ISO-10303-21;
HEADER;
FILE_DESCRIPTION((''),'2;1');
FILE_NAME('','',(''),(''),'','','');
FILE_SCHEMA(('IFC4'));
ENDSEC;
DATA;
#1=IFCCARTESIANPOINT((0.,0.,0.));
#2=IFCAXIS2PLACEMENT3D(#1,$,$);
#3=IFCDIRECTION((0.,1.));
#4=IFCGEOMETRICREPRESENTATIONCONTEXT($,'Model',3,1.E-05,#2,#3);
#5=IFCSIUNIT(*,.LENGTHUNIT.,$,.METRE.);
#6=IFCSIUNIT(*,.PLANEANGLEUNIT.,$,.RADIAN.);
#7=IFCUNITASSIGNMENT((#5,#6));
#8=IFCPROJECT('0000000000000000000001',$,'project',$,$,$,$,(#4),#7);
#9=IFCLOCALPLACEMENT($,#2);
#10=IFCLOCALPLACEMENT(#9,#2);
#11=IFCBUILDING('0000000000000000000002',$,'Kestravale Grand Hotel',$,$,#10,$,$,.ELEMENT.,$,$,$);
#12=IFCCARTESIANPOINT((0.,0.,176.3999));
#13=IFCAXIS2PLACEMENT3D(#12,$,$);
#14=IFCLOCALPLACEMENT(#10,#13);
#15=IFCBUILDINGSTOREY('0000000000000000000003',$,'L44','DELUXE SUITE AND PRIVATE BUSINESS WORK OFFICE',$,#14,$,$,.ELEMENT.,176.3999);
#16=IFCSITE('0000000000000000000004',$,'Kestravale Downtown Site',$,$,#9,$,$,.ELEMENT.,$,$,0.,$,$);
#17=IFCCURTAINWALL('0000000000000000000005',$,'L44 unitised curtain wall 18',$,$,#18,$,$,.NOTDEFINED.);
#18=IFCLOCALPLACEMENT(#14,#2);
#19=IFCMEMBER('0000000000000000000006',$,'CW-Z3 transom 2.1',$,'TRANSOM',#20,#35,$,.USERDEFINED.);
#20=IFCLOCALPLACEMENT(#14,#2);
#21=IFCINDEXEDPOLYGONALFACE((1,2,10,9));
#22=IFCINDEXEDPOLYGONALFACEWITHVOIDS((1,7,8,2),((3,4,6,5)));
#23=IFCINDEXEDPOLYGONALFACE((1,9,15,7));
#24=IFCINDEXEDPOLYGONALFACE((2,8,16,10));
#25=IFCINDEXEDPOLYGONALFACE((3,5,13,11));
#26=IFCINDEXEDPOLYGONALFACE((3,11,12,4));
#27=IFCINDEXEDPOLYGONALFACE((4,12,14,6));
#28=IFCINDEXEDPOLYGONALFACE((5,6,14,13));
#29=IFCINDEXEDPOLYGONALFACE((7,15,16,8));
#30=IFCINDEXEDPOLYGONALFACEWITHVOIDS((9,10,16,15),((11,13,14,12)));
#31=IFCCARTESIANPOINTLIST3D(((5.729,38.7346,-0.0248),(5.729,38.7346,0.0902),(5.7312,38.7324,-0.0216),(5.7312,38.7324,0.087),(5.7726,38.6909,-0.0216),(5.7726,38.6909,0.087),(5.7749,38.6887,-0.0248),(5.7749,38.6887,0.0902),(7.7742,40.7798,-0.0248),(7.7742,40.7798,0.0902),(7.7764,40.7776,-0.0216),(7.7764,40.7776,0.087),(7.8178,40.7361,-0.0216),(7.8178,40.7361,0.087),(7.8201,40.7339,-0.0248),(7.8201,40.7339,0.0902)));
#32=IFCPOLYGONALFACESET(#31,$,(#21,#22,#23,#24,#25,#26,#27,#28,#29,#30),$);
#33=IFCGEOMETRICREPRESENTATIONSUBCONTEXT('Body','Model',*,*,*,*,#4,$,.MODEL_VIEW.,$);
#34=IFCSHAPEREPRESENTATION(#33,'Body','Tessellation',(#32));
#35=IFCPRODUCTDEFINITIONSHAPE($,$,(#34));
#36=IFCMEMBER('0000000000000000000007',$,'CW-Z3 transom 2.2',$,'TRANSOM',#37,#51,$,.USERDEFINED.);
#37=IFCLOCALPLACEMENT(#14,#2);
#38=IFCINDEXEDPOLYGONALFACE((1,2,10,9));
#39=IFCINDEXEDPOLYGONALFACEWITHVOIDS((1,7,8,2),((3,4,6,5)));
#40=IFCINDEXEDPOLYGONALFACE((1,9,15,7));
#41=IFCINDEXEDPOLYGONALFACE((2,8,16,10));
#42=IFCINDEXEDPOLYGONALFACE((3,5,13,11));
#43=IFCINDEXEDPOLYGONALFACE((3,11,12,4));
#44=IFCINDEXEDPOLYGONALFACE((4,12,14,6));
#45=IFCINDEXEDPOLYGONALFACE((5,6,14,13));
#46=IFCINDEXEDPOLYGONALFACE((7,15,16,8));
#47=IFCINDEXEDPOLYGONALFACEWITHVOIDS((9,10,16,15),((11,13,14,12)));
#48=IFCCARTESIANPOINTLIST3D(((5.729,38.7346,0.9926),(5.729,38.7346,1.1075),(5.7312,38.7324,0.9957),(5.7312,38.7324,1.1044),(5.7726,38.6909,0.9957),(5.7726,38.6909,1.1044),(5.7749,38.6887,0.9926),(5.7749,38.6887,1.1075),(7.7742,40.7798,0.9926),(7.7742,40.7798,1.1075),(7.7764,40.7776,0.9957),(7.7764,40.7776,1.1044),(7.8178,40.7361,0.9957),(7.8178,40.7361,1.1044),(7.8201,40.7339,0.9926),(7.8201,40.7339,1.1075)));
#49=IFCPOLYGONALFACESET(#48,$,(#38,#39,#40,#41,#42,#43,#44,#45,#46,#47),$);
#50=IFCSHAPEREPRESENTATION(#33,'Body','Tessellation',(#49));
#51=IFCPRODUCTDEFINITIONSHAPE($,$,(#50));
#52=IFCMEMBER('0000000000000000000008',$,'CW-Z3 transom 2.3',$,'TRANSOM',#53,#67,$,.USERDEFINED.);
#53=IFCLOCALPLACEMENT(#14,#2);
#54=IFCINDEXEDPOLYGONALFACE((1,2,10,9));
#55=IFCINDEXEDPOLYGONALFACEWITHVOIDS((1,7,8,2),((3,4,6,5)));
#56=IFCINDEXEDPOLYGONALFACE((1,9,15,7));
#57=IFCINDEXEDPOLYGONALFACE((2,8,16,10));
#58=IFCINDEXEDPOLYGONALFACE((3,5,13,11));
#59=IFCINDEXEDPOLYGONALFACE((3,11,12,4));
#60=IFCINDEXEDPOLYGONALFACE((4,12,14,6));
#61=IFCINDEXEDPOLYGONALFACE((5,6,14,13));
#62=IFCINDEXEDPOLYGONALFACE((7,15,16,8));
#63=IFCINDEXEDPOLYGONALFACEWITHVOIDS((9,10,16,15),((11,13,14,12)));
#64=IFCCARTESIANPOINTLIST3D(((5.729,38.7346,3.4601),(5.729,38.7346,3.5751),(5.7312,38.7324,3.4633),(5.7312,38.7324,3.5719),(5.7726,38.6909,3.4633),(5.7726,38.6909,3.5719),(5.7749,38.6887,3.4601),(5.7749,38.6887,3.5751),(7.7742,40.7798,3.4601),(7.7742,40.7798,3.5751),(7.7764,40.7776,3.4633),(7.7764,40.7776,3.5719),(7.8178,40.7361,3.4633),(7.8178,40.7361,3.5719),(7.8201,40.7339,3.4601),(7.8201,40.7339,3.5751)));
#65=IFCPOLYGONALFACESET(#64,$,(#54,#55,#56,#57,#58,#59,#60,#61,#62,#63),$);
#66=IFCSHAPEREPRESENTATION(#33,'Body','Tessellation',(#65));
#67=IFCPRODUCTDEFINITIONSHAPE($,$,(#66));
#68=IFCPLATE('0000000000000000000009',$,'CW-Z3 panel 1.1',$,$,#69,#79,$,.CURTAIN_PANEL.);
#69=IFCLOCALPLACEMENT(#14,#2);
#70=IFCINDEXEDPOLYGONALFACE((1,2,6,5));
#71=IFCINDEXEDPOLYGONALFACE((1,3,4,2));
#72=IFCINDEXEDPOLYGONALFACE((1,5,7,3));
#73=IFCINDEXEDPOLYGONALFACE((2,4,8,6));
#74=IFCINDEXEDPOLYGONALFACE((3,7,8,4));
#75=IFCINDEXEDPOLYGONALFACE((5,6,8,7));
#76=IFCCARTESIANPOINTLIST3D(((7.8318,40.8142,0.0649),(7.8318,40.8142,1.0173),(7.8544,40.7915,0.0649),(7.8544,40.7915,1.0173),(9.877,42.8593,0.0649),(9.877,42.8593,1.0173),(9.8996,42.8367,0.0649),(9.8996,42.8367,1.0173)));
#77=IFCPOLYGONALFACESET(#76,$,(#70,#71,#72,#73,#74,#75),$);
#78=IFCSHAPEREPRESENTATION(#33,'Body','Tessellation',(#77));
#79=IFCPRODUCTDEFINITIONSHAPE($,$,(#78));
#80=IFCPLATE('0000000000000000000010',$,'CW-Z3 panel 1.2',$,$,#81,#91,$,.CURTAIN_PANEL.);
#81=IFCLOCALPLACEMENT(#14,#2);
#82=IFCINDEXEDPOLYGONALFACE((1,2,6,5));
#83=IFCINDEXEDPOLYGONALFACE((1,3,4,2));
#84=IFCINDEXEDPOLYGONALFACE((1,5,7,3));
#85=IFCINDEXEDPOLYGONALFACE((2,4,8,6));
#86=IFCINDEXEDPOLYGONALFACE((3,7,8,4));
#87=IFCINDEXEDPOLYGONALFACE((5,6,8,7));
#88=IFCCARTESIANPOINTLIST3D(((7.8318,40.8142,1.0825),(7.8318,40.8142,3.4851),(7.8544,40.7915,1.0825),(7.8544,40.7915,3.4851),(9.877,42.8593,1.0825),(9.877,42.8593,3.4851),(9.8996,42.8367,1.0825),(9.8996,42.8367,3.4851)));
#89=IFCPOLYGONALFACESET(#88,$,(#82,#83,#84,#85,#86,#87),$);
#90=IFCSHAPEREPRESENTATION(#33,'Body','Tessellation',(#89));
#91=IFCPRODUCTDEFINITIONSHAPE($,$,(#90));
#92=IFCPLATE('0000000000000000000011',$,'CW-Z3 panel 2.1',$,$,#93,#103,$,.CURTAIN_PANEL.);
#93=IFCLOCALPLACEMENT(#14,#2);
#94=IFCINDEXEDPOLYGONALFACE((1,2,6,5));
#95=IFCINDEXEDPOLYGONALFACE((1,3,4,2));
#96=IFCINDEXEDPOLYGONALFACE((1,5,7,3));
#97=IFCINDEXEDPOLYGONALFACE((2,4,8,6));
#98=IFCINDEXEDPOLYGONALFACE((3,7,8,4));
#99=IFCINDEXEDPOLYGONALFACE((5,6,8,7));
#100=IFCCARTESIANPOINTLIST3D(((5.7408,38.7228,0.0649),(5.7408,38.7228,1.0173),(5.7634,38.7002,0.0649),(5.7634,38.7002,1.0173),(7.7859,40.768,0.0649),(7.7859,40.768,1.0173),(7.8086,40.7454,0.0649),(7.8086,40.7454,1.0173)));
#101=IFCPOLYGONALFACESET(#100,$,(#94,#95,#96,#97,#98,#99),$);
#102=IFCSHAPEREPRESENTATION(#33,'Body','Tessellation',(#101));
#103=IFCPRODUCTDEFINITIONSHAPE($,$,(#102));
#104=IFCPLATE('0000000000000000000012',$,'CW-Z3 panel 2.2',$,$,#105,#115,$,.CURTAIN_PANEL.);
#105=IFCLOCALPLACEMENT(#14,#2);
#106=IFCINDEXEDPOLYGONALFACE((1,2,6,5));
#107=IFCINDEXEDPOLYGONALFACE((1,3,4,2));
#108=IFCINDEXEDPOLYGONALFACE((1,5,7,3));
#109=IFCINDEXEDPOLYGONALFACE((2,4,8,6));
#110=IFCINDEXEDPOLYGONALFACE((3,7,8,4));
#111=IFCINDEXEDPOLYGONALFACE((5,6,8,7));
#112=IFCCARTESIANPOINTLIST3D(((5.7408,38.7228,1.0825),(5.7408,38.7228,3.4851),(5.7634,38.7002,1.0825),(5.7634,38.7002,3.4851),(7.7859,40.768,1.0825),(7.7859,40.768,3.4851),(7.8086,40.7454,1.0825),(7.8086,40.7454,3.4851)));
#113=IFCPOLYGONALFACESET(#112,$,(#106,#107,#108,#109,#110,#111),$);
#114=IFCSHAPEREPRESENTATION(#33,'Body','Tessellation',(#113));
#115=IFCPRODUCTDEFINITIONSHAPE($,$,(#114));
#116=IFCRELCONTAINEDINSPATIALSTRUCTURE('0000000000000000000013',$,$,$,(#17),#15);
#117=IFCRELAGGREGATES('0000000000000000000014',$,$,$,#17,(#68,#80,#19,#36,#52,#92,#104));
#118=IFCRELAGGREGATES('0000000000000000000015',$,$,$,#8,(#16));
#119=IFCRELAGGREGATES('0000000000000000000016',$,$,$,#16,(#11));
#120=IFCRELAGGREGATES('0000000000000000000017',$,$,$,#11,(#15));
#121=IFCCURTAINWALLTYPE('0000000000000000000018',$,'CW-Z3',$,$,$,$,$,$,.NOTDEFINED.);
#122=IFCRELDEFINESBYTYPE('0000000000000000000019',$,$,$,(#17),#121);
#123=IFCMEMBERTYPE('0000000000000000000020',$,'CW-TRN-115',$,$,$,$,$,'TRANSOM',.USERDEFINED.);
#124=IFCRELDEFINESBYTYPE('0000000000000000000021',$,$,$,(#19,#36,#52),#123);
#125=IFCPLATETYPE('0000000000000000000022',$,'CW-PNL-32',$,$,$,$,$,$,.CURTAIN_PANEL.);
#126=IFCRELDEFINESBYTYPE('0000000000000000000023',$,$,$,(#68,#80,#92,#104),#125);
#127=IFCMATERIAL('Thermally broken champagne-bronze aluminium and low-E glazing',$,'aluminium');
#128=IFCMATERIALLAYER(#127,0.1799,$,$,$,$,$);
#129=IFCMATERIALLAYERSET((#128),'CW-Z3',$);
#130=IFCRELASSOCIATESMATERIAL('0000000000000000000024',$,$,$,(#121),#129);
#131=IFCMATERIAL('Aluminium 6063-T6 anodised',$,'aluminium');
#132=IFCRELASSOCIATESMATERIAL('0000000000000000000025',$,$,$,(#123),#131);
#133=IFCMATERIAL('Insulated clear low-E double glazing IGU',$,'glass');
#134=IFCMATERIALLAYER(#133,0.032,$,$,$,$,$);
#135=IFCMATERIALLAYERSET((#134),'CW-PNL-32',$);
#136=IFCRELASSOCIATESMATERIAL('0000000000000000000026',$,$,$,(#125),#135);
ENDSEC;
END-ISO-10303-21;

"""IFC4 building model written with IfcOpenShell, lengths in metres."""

from ifc_helpers import new_model, si_unit, direction, frame, origin, origin_2d, place, context, subcontext, project, spatial, rectangle, hollow_rectangle, extrude, material, layer, layer_set, material_profile, profile_set, type_object, element, aggregate, save


model = new_model("IFC4")

# Units and contexts
model_context = context("Model", 3, precision=1e-05, world=origin(), true_north=direction((0.0, 1.0)))
body_context = subcontext(model_context, "Body", "Model", "MODEL_VIEW")
ifc_project = project(units=[si_unit("LENGTHUNIT", "METRE"), si_unit("PLANEANGLEUNIT", "RADIAN")], contexts=[model_context])

# Site, building, storey
site_placement = place(None, origin())
site = spatial("IfcSite", under=ifc_project, at=site_placement, Name="Kestravale Downtown Site", CompositionType="ELEMENT", RefElevation=0.0)
building_placement = place(site_placement, origin())
building = spatial("IfcBuilding", under=site, at=building_placement, Name="Kestravale Grand Hotel", CompositionType="ELEMENT")
storey_placement = place(building_placement, frame((0.0, 0.0, 176.3999)))
storey = spatial("IfcBuildingStorey", under=building, at=storey_placement, Name="L44", Description="DELUXE SUITE AND PRIVATE BUSINESS WORK OFFICE", CompositionType="ELEMENT", Elevation=176.3999)

# Curtain wall, members, plates
ifc_material_1 = material(Name="Thermally broken champagne-bronze aluminium and low-E glazing", Category="aluminium")
ifc_layer_1 = layer(ifc_material_1, 0.1799)
ifc_layer_set_1 = layer_set([ifc_layer_1], Name="CW-Z3")
curtain_wall_type = type_object("IfcCurtainWallType", Name="CW-Z3", PredefinedType="NOTDEFINED", material=ifc_layer_set_1)
curtain_wall_placement = place(storey_placement, origin())
curtain_wall = element("IfcCurtainWall", 1, at=curtain_wall_placement, inside=storey, type_object=curtain_wall_type, Name="L44 unitised curtain wall 18", PredefinedType="NOTDEFINED")
ifc_material_2 = material(Name="Aluminium 6063-T6 anodised", Category="aluminium")
ifc_material_profile_1 = material_profile(ifc_material_2, hollow_rectangle(XDim=0.0649, YDim=0.115, WallThickness=0.0032, at=origin_2d()))
ifc_profile_set_1 = profile_set([ifc_material_profile_1], Name="Aluminium 6063-T6 anodised")
member_type_1 = type_object("IfcMemberType", Name="CW-TRN-115", ElementType="TRANSOM", PredefinedType="USERDEFINED", material=ifc_profile_set_1)
member_1_placement = place(storey_placement, frame((7.7971, 40.7568, 0.0327), z_axis=(-0.707107, -0.707107, 0.0), x_axis=(0.707107, -0.707107, 0.0)))
member_1 = element("IfcMember", 2, at=member_1_placement, type_object=member_type_1, Name="CW-Z3 transom 2.1", ObjectType="TRANSOM", PredefinedType="USERDEFINED", context=body_context, shape_type="SweptSolid", body=[
    extrude(hollow_rectangle(XDim=0.0649, YDim=0.115, WallThickness=0.0032, at=origin_2d()), origin(), (0.0, 0.0, 1.0), 2.8923),
])
member_2_placement = place(storey_placement, frame((7.7971, 40.7568, 1.05), z_axis=(-0.707107, -0.707107, 0.0), x_axis=(0.707107, -0.707107, 0.0)))
member_2 = element("IfcMember", 3, at=member_2_placement, type_object=member_type_1, Name="CW-Z3 transom 2.2", ObjectType="TRANSOM", PredefinedType="USERDEFINED", context=body_context, shape_type="SweptSolid", body=[
    extrude(hollow_rectangle(XDim=0.0649, YDim=0.115, WallThickness=0.0032, at=origin_2d()), origin(), (0.0, 0.0, 1.0), 2.8923),
])
member_3_placement = place(storey_placement, frame((7.7971, 40.7568, 3.5176), z_axis=(-0.707107, -0.707107, 0.0), x_axis=(0.707107, -0.707107, 0.0)))
member_3 = element("IfcMember", 4, at=member_3_placement, type_object=member_type_1, Name="CW-Z3 transom 2.3", ObjectType="TRANSOM", PredefinedType="USERDEFINED", context=body_context, shape_type="SweptSolid", body=[
    extrude(hollow_rectangle(XDim=0.0649, YDim=0.115, WallThickness=0.0032, at=origin_2d()), origin(), (0.0, 0.0, 1.0), 2.8923),
])
ifc_material_3 = material(Name="Insulated clear low-E double glazing IGU", Category="glass")
ifc_layer_2 = layer(ifc_material_3, 0.032)
ifc_layer_set_2 = layer_set([ifc_layer_2], Name="CW-PNL-32")
plate_type = type_object("IfcPlateType", Name="CW-PNL-32", PredefinedType="CURTAIN_PANEL", material=ifc_layer_set_2)
plate_1_placement = place(storey_placement, frame((8.8657, 41.8254, 0.0649), z_axis=(0.0, 0.0, 1.0), x_axis=(-0.707107, -0.707107, 0.0)))
plate_1 = element("IfcPlate", 5, at=plate_1_placement, type_object=plate_type, Name="CW-Z3 panel 1.1", PredefinedType="CURTAIN_PANEL", context=body_context, shape_type="SweptSolid", body=[
    extrude(rectangle(XDim=2.8923, YDim=0.032, at=origin_2d()), origin(), (0.0, 0.0, 1.0), 0.9524),
])
plate_2_placement = place(storey_placement, frame((8.8657, 41.8254, 1.0825), z_axis=(0.0, 0.0, 1.0), x_axis=(-0.707107, -0.707107, 0.0)))
plate_2 = element("IfcPlate", 6, at=plate_2_placement, type_object=plate_type, Name="CW-Z3 panel 1.2", PredefinedType="CURTAIN_PANEL", context=body_context, shape_type="SweptSolid", body=[
    extrude(rectangle(XDim=2.8923, YDim=0.032, at=origin_2d()), origin(), (0.0, 0.0, 1.0), 2.4026),
])
plate_3_placement = place(storey_placement, frame((6.7747, 39.7341, 0.0649), z_axis=(0.0, 0.0, 1.0), x_axis=(-0.707107, -0.707107, 0.0)))
plate_3 = element("IfcPlate", 7, at=plate_3_placement, type_object=plate_type, Name="CW-Z3 panel 2.1", PredefinedType="CURTAIN_PANEL", context=body_context, shape_type="SweptSolid", body=[
    extrude(rectangle(XDim=2.8923, YDim=0.032, at=origin_2d()), origin(), (0.0, 0.0, 1.0), 0.9524),
])
plate_4_placement = place(storey_placement, frame((6.7747, 39.7341, 1.0825), z_axis=(0.0, 0.0, 1.0), x_axis=(-0.707107, -0.707107, 0.0)))
plate_4 = element("IfcPlate", 8, at=plate_4_placement, type_object=plate_type, Name="CW-Z3 panel 2.2", PredefinedType="CURTAIN_PANEL", context=body_context, shape_type="SweptSolid", body=[
    extrude(rectangle(XDim=2.8923, YDim=0.032, at=origin_2d()), origin(), (0.0, 0.0, 1.0), 2.4026),
])
aggregate(curtain_wall, [plate_1, plate_2, member_1, member_2, member_3, plate_3, plate_4])

save(model, "model.ifc")
